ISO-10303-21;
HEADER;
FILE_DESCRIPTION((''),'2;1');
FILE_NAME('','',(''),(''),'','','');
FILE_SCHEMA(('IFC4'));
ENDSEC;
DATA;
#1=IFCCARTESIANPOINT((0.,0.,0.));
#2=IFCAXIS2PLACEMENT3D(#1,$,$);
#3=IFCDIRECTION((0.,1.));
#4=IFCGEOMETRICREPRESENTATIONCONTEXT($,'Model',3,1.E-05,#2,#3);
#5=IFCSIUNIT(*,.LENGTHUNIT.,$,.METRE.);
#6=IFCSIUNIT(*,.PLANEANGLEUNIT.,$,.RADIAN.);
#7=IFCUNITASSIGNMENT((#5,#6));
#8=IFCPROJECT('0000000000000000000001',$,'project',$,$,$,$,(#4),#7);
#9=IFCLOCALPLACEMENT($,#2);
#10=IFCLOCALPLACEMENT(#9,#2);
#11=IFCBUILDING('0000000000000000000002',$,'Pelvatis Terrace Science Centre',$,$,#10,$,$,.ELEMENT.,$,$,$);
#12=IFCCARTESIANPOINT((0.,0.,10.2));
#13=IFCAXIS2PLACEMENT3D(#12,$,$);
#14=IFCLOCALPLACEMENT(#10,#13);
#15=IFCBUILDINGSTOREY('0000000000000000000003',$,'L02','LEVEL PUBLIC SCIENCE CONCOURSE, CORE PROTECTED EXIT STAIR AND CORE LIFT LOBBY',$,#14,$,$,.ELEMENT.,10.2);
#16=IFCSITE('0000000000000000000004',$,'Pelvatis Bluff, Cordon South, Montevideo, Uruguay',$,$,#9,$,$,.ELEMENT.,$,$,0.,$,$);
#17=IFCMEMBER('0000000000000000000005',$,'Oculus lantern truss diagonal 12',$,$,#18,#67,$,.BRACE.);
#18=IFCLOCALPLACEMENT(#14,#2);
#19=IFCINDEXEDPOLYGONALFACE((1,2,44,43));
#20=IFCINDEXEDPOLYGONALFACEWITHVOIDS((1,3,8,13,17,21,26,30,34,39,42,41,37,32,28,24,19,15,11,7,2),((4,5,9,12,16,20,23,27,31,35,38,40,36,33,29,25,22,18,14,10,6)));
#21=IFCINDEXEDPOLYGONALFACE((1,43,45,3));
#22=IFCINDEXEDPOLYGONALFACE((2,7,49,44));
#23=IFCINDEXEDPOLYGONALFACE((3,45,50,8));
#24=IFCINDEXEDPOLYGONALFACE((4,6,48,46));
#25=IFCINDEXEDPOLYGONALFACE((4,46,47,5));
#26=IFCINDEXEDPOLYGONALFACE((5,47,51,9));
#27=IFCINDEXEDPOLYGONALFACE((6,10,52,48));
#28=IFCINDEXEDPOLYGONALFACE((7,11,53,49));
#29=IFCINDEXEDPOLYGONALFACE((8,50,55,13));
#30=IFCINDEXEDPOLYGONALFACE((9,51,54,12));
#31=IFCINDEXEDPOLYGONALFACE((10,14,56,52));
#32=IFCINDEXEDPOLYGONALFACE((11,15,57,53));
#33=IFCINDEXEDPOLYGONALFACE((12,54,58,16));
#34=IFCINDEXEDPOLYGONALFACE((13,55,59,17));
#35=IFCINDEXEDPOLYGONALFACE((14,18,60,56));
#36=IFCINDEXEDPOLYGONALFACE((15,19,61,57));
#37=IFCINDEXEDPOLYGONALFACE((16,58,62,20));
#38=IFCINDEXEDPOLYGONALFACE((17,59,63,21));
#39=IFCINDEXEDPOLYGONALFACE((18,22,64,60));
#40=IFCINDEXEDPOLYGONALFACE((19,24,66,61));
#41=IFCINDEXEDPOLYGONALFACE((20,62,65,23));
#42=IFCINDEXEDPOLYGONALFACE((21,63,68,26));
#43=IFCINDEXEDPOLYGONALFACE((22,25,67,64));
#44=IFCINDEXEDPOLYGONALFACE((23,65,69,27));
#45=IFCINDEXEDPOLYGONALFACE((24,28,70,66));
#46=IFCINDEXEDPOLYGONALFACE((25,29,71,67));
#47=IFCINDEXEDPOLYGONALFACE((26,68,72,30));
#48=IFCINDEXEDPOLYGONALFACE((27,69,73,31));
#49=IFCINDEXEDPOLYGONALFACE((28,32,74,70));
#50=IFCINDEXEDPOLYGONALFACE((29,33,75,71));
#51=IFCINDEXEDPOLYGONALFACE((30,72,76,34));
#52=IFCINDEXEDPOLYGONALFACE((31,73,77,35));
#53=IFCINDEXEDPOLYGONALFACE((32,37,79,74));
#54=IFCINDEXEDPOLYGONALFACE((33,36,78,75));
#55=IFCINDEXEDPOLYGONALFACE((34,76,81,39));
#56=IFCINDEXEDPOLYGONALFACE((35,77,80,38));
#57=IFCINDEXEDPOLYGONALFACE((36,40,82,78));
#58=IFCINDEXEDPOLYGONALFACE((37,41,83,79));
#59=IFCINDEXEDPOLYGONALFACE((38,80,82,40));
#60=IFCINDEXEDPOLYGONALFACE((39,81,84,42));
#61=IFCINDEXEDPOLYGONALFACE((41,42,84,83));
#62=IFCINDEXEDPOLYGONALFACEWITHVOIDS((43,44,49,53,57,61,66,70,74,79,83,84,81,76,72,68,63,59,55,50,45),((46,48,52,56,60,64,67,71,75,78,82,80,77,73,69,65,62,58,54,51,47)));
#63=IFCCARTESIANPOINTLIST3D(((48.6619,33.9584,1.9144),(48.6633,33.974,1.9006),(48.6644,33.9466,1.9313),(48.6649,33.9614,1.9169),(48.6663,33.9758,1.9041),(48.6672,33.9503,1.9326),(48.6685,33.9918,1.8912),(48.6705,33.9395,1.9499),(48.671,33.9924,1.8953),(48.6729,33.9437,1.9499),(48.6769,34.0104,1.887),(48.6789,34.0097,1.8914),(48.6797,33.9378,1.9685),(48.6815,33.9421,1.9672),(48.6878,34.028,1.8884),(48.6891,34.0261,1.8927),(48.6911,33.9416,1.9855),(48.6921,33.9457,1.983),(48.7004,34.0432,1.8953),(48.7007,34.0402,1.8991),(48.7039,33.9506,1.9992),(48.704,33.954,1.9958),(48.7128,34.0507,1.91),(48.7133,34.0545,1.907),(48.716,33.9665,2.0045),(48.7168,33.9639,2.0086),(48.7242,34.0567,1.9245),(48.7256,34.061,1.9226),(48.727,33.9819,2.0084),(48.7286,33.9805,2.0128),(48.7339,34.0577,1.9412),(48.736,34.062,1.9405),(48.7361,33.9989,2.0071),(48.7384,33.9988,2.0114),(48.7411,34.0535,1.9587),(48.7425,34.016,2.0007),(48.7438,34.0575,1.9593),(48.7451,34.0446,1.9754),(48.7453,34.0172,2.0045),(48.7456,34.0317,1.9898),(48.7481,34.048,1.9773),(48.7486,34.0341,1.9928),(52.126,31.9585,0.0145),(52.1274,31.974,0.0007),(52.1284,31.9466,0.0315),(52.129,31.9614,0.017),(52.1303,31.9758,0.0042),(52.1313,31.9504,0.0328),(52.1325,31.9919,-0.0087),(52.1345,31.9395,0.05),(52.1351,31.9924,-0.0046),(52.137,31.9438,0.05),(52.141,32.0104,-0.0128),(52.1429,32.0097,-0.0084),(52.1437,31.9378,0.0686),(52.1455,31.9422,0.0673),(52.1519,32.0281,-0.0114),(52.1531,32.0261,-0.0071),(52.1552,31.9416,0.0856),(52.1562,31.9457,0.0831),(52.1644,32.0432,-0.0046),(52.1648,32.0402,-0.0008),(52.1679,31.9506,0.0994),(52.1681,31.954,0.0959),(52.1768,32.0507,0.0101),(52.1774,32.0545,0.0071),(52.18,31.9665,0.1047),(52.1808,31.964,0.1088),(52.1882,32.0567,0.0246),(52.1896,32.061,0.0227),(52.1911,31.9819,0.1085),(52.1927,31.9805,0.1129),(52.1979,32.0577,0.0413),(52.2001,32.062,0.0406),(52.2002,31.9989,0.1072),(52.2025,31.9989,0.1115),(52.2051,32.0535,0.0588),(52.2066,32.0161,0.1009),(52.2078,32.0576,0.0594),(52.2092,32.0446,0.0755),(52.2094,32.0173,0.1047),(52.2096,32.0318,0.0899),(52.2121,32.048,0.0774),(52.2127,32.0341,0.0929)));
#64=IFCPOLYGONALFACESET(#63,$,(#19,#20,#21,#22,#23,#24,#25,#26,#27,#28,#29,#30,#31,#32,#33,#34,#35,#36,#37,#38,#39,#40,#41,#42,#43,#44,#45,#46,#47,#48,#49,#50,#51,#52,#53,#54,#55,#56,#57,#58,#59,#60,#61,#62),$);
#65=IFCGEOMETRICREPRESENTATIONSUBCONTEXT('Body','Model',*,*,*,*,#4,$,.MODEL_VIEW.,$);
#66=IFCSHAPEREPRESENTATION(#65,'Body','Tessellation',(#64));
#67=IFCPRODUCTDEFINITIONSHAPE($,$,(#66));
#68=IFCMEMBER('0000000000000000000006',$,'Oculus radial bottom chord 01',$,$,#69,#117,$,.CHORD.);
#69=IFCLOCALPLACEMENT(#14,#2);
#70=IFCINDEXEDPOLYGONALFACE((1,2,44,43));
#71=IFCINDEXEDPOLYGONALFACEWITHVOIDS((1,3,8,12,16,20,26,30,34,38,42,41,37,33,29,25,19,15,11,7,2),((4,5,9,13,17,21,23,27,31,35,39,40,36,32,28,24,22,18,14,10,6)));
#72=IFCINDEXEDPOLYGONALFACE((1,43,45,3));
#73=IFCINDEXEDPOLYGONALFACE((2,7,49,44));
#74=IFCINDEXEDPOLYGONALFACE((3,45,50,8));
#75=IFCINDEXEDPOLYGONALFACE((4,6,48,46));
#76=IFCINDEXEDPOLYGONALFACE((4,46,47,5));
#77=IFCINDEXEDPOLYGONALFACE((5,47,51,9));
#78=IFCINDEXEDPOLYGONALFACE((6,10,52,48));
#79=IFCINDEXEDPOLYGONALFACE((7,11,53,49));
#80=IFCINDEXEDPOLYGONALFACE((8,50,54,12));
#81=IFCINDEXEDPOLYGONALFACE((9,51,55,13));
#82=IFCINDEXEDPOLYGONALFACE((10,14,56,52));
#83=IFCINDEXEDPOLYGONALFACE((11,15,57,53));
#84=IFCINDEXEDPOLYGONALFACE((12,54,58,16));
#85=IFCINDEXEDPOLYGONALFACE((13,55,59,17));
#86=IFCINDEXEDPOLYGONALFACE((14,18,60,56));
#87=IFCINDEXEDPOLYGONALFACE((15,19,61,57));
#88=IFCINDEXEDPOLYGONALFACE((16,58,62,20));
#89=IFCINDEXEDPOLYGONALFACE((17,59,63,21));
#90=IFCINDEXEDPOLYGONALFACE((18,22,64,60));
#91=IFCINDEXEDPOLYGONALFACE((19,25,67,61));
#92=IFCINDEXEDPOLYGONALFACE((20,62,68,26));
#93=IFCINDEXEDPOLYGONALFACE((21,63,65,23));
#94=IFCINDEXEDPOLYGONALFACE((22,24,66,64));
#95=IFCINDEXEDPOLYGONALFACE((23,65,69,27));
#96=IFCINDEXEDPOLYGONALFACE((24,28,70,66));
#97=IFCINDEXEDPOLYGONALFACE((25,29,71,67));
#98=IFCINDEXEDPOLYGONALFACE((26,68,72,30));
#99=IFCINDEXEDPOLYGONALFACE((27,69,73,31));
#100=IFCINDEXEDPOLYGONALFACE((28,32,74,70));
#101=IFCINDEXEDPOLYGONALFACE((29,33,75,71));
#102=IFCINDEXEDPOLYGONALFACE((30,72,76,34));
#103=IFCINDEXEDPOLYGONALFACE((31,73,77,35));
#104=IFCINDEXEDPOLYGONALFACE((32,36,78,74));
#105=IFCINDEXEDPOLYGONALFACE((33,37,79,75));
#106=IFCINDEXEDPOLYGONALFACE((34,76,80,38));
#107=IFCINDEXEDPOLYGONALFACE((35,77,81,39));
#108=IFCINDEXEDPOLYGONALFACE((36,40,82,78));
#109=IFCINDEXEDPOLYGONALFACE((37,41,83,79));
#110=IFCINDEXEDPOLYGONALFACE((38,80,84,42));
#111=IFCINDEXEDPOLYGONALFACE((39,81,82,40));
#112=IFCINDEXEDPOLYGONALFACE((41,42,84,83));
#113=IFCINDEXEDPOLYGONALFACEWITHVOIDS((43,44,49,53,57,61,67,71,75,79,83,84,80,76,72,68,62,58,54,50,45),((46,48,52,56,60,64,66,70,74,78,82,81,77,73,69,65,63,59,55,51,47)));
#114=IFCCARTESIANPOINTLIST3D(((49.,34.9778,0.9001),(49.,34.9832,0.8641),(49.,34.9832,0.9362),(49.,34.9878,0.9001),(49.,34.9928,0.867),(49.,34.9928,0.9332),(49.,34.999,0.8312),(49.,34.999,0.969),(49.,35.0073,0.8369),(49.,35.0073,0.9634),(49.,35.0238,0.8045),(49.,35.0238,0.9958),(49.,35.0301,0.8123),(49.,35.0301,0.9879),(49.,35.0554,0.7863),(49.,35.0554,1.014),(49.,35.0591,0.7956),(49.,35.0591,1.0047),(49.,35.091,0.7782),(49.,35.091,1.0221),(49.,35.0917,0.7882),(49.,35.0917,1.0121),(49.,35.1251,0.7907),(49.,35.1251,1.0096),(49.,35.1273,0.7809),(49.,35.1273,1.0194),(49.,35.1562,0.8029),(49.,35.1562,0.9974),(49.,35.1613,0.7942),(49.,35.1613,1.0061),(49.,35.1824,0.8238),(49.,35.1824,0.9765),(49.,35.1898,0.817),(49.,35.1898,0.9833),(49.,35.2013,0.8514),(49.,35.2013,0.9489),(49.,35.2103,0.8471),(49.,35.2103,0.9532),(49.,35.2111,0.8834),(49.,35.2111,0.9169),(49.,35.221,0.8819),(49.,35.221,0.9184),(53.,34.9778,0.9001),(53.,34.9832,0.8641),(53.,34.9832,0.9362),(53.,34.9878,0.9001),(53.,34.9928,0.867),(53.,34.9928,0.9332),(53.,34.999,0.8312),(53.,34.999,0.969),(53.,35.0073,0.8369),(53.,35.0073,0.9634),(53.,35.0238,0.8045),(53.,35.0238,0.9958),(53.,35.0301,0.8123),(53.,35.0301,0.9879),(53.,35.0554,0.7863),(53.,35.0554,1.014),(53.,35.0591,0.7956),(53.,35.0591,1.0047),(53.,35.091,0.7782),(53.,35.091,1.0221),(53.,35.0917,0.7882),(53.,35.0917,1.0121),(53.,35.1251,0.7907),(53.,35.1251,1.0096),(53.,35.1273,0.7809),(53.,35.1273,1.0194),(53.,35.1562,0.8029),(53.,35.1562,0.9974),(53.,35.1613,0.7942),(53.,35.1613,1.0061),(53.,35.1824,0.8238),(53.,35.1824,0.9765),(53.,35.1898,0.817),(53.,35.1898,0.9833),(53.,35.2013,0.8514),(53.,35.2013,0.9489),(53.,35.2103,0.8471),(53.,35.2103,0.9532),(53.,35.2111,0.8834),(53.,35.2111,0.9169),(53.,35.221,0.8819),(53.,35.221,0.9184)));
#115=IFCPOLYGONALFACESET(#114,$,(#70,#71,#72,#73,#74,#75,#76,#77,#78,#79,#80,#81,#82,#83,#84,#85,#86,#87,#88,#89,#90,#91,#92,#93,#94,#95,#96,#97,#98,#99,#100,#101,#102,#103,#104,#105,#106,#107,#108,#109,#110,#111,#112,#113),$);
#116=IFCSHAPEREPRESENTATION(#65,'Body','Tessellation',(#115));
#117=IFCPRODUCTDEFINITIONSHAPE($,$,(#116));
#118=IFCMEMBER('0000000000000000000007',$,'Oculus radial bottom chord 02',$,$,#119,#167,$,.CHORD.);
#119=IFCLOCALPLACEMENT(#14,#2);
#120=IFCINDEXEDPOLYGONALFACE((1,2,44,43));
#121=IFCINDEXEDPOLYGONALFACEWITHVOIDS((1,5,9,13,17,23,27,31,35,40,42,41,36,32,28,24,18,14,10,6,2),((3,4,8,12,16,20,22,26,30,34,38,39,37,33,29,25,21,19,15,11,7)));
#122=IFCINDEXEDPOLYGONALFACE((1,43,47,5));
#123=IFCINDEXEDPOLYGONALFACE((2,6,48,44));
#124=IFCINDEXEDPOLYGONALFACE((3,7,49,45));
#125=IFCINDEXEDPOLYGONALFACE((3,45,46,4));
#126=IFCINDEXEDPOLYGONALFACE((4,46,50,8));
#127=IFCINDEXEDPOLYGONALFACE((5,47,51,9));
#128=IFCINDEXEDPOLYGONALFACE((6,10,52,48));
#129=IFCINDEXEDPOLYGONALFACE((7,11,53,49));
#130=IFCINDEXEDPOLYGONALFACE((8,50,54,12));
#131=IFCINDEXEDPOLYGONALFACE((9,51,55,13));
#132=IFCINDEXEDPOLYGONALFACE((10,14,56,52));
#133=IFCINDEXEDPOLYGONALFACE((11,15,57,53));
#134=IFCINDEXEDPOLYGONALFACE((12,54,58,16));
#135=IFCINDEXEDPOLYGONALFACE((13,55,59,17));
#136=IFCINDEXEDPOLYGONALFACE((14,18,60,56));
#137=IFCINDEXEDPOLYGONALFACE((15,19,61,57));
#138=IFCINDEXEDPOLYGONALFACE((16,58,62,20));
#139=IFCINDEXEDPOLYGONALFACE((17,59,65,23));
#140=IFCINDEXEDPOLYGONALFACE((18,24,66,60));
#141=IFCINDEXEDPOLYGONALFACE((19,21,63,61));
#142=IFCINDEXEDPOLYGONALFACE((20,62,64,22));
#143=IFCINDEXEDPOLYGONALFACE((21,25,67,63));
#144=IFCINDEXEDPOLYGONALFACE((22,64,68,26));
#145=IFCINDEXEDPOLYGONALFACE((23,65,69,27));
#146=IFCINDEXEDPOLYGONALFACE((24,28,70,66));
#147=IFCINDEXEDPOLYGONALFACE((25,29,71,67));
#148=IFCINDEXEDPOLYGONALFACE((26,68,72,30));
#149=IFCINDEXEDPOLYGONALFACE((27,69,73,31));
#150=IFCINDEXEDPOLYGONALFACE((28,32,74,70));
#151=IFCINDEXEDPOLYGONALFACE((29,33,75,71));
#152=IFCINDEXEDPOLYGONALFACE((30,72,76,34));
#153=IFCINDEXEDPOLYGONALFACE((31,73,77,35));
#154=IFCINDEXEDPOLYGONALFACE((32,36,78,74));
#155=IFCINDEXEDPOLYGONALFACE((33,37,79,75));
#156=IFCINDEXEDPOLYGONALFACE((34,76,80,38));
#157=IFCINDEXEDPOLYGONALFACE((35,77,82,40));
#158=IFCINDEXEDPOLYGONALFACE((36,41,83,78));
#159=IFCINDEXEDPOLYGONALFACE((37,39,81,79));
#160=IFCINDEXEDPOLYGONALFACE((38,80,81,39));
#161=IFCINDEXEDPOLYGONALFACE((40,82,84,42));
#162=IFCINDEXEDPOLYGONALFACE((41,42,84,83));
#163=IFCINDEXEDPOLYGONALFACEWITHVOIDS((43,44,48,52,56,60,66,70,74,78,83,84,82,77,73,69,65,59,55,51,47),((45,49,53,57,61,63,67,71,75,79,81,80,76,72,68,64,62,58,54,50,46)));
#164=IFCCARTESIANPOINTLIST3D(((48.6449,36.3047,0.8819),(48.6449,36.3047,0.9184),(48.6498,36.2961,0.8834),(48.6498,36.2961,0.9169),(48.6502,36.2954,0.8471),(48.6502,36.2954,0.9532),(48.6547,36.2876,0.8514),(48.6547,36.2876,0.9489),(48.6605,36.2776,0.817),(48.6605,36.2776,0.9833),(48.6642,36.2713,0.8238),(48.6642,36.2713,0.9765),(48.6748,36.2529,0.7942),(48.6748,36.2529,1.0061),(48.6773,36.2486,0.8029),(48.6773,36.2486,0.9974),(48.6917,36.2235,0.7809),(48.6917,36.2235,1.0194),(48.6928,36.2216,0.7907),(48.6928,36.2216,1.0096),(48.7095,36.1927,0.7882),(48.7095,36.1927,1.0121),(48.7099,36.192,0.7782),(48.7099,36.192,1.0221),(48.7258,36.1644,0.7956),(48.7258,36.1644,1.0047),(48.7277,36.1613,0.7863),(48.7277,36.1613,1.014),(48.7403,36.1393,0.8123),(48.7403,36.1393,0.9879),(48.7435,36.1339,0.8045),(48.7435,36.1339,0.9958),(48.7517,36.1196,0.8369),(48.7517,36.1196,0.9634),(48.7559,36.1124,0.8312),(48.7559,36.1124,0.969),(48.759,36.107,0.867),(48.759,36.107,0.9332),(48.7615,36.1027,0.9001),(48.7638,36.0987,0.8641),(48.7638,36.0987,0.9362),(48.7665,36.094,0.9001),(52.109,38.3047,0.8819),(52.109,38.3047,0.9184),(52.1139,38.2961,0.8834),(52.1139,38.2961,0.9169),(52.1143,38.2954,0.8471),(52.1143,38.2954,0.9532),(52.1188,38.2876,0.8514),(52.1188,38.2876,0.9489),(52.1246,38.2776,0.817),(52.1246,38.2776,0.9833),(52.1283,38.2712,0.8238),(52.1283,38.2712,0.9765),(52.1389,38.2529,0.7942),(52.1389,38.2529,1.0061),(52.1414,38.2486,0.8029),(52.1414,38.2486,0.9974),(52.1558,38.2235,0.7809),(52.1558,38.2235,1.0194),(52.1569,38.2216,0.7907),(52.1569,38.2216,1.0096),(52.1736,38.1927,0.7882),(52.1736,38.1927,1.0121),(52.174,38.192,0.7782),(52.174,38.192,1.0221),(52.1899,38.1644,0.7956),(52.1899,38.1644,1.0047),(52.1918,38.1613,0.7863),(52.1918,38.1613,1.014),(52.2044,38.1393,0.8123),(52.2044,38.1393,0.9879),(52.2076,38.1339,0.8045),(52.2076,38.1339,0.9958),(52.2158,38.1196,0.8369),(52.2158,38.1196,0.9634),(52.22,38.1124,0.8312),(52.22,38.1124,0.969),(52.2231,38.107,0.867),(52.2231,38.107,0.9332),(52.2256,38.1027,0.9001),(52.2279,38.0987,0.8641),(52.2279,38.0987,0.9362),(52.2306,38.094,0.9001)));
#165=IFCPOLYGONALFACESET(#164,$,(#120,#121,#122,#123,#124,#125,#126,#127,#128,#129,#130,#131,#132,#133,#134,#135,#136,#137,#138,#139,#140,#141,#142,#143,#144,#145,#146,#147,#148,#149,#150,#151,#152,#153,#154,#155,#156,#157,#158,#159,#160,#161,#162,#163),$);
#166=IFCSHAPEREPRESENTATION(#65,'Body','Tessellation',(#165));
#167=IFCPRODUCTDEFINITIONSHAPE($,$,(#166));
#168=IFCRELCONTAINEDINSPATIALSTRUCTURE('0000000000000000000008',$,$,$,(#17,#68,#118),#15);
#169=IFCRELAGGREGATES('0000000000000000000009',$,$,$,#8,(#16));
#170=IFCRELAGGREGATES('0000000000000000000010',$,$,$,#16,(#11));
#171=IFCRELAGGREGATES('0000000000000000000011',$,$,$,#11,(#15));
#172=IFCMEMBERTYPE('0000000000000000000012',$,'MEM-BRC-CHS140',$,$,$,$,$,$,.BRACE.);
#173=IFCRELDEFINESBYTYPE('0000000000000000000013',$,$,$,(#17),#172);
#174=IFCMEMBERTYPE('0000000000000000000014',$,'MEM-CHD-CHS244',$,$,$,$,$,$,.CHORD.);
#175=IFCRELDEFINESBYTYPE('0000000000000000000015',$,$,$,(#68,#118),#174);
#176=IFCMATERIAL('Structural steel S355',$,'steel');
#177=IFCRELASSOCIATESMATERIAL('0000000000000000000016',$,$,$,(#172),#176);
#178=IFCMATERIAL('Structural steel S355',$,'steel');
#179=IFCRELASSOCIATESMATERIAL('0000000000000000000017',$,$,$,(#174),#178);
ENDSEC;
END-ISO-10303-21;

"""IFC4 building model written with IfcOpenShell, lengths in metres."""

from ifc_helpers import new_model, si_unit, direction, frame, origin, origin_2d, place, context, subcontext, project, spatial, hollow_circle, extrude, material, material_profile, profile_set, type_object, element, save


model = new_model("IFC4")

# Units and contexts
model_context = context("Model", 3, precision=1e-05, world=origin(), true_north=direction((0.0, 1.0)))
body_context = subcontext(model_context, "Body", "Model", "MODEL_VIEW")
ifc_project = project(units=[si_unit("LENGTHUNIT", "METRE"), si_unit("PLANEANGLEUNIT", "RADIAN")], contexts=[model_context])

# Site, building, storey
site_placement = place(None, origin())
site = spatial("IfcSite", under=ifc_project, at=site_placement, Name="Pelvatis Bluff, Cordon South, Montevideo, Uruguay", CompositionType="ELEMENT", RefElevation=0.0)
building_placement = place(site_placement, origin())
building = spatial("IfcBuilding", under=site, at=building_placement, Name="Pelvatis Terrace Science Centre", CompositionType="ELEMENT")
storey_placement = place(building_placement, frame((0.0, 0.0, 10.2)))
storey = spatial("IfcBuildingStorey", under=building, at=storey_placement, Name="L02", Description="LEVEL PUBLIC SCIENCE CONCOURSE, CORE PROTECTED EXIT STAIR AND CORE LIFT LOBBY", CompositionType="ELEMENT", Elevation=10.2)

# Members
ifc_material_1 = material(Name="Structural steel S355", Category="steel")
ifc_material_profile_1 = material_profile(ifc_material_1, hollow_circle(Radius=0.0698, WallThickness=0.0049, at=origin_2d()), Name="CHS 139.7x5.0")
ifc_profile_set_1 = profile_set([ifc_material_profile_1], Name="Structural steel S355")
member_type_1 = type_object("IfcMemberType", Name="MEM-BRC-CHS140", PredefinedType="BRACE", material=ifc_profile_set_1)
for number, where, z_axis, x_axis, name in (
    (1, (52.1694, 32.0, 0.05), (-0.78227, 0.451642, 0.429038), (-0.499999, -0.866026, 0.0), "Oculus lantern truss diagonal 12"),
):
    element("IfcMember", number, at=place(storey_placement, frame(where, z_axis=z_axis, x_axis=x_axis)), inside=storey, type_object=member_type_1, Name=name, PredefinedType="BRACE", context=body_context, shape_type="SweptSolid", body=[
        extrude(hollow_circle(Radius=0.0698, WallThickness=0.0049, at=origin_2d()), origin(), (0.0, 0.0, 1.0), 4.4282),
    ])
ifc_material_2 = material(Name="Structural steel S355", Category="steel")
ifc_material_profile_2 = material_profile(ifc_material_2, hollow_circle(Radius=0.1223, WallThickness=0.01, at=origin_2d()), Name="CHS 244.5x10.0")
ifc_profile_set_2 = profile_set([ifc_material_profile_2], Name="Structural steel S355")
member_type_2 = type_object("IfcMemberType", Name="MEM-CHD-CHS244", PredefinedType="CHORD", material=ifc_profile_set_2)
for number, where, z_axis, x_axis, name in (
    (2, (53.0, 35.1001, 0.9001), (-1.0, 0.0, 0.0), (0.0, -1.0, 0.0), "Oculus radial bottom chord 01"),
    (3, (52.1694, 38.2, 0.9001), (-0.866026, -0.499999, 0.0), (0.499999, -0.866026, 0.0), "Oculus radial bottom chord 02"),
):
    element("IfcMember", number, at=place(storey_placement, frame(where, z_axis=z_axis, x_axis=x_axis)), inside=storey, type_object=member_type_2, Name=name, PredefinedType="CHORD", context=body_context, shape_type="SweptSolid", body=[
        extrude(hollow_circle(Radius=0.1223, WallThickness=0.01, at=origin_2d()), origin(), (0.0, 0.0, 1.0), 4.0),
    ])

save(model, "model.ifc")
